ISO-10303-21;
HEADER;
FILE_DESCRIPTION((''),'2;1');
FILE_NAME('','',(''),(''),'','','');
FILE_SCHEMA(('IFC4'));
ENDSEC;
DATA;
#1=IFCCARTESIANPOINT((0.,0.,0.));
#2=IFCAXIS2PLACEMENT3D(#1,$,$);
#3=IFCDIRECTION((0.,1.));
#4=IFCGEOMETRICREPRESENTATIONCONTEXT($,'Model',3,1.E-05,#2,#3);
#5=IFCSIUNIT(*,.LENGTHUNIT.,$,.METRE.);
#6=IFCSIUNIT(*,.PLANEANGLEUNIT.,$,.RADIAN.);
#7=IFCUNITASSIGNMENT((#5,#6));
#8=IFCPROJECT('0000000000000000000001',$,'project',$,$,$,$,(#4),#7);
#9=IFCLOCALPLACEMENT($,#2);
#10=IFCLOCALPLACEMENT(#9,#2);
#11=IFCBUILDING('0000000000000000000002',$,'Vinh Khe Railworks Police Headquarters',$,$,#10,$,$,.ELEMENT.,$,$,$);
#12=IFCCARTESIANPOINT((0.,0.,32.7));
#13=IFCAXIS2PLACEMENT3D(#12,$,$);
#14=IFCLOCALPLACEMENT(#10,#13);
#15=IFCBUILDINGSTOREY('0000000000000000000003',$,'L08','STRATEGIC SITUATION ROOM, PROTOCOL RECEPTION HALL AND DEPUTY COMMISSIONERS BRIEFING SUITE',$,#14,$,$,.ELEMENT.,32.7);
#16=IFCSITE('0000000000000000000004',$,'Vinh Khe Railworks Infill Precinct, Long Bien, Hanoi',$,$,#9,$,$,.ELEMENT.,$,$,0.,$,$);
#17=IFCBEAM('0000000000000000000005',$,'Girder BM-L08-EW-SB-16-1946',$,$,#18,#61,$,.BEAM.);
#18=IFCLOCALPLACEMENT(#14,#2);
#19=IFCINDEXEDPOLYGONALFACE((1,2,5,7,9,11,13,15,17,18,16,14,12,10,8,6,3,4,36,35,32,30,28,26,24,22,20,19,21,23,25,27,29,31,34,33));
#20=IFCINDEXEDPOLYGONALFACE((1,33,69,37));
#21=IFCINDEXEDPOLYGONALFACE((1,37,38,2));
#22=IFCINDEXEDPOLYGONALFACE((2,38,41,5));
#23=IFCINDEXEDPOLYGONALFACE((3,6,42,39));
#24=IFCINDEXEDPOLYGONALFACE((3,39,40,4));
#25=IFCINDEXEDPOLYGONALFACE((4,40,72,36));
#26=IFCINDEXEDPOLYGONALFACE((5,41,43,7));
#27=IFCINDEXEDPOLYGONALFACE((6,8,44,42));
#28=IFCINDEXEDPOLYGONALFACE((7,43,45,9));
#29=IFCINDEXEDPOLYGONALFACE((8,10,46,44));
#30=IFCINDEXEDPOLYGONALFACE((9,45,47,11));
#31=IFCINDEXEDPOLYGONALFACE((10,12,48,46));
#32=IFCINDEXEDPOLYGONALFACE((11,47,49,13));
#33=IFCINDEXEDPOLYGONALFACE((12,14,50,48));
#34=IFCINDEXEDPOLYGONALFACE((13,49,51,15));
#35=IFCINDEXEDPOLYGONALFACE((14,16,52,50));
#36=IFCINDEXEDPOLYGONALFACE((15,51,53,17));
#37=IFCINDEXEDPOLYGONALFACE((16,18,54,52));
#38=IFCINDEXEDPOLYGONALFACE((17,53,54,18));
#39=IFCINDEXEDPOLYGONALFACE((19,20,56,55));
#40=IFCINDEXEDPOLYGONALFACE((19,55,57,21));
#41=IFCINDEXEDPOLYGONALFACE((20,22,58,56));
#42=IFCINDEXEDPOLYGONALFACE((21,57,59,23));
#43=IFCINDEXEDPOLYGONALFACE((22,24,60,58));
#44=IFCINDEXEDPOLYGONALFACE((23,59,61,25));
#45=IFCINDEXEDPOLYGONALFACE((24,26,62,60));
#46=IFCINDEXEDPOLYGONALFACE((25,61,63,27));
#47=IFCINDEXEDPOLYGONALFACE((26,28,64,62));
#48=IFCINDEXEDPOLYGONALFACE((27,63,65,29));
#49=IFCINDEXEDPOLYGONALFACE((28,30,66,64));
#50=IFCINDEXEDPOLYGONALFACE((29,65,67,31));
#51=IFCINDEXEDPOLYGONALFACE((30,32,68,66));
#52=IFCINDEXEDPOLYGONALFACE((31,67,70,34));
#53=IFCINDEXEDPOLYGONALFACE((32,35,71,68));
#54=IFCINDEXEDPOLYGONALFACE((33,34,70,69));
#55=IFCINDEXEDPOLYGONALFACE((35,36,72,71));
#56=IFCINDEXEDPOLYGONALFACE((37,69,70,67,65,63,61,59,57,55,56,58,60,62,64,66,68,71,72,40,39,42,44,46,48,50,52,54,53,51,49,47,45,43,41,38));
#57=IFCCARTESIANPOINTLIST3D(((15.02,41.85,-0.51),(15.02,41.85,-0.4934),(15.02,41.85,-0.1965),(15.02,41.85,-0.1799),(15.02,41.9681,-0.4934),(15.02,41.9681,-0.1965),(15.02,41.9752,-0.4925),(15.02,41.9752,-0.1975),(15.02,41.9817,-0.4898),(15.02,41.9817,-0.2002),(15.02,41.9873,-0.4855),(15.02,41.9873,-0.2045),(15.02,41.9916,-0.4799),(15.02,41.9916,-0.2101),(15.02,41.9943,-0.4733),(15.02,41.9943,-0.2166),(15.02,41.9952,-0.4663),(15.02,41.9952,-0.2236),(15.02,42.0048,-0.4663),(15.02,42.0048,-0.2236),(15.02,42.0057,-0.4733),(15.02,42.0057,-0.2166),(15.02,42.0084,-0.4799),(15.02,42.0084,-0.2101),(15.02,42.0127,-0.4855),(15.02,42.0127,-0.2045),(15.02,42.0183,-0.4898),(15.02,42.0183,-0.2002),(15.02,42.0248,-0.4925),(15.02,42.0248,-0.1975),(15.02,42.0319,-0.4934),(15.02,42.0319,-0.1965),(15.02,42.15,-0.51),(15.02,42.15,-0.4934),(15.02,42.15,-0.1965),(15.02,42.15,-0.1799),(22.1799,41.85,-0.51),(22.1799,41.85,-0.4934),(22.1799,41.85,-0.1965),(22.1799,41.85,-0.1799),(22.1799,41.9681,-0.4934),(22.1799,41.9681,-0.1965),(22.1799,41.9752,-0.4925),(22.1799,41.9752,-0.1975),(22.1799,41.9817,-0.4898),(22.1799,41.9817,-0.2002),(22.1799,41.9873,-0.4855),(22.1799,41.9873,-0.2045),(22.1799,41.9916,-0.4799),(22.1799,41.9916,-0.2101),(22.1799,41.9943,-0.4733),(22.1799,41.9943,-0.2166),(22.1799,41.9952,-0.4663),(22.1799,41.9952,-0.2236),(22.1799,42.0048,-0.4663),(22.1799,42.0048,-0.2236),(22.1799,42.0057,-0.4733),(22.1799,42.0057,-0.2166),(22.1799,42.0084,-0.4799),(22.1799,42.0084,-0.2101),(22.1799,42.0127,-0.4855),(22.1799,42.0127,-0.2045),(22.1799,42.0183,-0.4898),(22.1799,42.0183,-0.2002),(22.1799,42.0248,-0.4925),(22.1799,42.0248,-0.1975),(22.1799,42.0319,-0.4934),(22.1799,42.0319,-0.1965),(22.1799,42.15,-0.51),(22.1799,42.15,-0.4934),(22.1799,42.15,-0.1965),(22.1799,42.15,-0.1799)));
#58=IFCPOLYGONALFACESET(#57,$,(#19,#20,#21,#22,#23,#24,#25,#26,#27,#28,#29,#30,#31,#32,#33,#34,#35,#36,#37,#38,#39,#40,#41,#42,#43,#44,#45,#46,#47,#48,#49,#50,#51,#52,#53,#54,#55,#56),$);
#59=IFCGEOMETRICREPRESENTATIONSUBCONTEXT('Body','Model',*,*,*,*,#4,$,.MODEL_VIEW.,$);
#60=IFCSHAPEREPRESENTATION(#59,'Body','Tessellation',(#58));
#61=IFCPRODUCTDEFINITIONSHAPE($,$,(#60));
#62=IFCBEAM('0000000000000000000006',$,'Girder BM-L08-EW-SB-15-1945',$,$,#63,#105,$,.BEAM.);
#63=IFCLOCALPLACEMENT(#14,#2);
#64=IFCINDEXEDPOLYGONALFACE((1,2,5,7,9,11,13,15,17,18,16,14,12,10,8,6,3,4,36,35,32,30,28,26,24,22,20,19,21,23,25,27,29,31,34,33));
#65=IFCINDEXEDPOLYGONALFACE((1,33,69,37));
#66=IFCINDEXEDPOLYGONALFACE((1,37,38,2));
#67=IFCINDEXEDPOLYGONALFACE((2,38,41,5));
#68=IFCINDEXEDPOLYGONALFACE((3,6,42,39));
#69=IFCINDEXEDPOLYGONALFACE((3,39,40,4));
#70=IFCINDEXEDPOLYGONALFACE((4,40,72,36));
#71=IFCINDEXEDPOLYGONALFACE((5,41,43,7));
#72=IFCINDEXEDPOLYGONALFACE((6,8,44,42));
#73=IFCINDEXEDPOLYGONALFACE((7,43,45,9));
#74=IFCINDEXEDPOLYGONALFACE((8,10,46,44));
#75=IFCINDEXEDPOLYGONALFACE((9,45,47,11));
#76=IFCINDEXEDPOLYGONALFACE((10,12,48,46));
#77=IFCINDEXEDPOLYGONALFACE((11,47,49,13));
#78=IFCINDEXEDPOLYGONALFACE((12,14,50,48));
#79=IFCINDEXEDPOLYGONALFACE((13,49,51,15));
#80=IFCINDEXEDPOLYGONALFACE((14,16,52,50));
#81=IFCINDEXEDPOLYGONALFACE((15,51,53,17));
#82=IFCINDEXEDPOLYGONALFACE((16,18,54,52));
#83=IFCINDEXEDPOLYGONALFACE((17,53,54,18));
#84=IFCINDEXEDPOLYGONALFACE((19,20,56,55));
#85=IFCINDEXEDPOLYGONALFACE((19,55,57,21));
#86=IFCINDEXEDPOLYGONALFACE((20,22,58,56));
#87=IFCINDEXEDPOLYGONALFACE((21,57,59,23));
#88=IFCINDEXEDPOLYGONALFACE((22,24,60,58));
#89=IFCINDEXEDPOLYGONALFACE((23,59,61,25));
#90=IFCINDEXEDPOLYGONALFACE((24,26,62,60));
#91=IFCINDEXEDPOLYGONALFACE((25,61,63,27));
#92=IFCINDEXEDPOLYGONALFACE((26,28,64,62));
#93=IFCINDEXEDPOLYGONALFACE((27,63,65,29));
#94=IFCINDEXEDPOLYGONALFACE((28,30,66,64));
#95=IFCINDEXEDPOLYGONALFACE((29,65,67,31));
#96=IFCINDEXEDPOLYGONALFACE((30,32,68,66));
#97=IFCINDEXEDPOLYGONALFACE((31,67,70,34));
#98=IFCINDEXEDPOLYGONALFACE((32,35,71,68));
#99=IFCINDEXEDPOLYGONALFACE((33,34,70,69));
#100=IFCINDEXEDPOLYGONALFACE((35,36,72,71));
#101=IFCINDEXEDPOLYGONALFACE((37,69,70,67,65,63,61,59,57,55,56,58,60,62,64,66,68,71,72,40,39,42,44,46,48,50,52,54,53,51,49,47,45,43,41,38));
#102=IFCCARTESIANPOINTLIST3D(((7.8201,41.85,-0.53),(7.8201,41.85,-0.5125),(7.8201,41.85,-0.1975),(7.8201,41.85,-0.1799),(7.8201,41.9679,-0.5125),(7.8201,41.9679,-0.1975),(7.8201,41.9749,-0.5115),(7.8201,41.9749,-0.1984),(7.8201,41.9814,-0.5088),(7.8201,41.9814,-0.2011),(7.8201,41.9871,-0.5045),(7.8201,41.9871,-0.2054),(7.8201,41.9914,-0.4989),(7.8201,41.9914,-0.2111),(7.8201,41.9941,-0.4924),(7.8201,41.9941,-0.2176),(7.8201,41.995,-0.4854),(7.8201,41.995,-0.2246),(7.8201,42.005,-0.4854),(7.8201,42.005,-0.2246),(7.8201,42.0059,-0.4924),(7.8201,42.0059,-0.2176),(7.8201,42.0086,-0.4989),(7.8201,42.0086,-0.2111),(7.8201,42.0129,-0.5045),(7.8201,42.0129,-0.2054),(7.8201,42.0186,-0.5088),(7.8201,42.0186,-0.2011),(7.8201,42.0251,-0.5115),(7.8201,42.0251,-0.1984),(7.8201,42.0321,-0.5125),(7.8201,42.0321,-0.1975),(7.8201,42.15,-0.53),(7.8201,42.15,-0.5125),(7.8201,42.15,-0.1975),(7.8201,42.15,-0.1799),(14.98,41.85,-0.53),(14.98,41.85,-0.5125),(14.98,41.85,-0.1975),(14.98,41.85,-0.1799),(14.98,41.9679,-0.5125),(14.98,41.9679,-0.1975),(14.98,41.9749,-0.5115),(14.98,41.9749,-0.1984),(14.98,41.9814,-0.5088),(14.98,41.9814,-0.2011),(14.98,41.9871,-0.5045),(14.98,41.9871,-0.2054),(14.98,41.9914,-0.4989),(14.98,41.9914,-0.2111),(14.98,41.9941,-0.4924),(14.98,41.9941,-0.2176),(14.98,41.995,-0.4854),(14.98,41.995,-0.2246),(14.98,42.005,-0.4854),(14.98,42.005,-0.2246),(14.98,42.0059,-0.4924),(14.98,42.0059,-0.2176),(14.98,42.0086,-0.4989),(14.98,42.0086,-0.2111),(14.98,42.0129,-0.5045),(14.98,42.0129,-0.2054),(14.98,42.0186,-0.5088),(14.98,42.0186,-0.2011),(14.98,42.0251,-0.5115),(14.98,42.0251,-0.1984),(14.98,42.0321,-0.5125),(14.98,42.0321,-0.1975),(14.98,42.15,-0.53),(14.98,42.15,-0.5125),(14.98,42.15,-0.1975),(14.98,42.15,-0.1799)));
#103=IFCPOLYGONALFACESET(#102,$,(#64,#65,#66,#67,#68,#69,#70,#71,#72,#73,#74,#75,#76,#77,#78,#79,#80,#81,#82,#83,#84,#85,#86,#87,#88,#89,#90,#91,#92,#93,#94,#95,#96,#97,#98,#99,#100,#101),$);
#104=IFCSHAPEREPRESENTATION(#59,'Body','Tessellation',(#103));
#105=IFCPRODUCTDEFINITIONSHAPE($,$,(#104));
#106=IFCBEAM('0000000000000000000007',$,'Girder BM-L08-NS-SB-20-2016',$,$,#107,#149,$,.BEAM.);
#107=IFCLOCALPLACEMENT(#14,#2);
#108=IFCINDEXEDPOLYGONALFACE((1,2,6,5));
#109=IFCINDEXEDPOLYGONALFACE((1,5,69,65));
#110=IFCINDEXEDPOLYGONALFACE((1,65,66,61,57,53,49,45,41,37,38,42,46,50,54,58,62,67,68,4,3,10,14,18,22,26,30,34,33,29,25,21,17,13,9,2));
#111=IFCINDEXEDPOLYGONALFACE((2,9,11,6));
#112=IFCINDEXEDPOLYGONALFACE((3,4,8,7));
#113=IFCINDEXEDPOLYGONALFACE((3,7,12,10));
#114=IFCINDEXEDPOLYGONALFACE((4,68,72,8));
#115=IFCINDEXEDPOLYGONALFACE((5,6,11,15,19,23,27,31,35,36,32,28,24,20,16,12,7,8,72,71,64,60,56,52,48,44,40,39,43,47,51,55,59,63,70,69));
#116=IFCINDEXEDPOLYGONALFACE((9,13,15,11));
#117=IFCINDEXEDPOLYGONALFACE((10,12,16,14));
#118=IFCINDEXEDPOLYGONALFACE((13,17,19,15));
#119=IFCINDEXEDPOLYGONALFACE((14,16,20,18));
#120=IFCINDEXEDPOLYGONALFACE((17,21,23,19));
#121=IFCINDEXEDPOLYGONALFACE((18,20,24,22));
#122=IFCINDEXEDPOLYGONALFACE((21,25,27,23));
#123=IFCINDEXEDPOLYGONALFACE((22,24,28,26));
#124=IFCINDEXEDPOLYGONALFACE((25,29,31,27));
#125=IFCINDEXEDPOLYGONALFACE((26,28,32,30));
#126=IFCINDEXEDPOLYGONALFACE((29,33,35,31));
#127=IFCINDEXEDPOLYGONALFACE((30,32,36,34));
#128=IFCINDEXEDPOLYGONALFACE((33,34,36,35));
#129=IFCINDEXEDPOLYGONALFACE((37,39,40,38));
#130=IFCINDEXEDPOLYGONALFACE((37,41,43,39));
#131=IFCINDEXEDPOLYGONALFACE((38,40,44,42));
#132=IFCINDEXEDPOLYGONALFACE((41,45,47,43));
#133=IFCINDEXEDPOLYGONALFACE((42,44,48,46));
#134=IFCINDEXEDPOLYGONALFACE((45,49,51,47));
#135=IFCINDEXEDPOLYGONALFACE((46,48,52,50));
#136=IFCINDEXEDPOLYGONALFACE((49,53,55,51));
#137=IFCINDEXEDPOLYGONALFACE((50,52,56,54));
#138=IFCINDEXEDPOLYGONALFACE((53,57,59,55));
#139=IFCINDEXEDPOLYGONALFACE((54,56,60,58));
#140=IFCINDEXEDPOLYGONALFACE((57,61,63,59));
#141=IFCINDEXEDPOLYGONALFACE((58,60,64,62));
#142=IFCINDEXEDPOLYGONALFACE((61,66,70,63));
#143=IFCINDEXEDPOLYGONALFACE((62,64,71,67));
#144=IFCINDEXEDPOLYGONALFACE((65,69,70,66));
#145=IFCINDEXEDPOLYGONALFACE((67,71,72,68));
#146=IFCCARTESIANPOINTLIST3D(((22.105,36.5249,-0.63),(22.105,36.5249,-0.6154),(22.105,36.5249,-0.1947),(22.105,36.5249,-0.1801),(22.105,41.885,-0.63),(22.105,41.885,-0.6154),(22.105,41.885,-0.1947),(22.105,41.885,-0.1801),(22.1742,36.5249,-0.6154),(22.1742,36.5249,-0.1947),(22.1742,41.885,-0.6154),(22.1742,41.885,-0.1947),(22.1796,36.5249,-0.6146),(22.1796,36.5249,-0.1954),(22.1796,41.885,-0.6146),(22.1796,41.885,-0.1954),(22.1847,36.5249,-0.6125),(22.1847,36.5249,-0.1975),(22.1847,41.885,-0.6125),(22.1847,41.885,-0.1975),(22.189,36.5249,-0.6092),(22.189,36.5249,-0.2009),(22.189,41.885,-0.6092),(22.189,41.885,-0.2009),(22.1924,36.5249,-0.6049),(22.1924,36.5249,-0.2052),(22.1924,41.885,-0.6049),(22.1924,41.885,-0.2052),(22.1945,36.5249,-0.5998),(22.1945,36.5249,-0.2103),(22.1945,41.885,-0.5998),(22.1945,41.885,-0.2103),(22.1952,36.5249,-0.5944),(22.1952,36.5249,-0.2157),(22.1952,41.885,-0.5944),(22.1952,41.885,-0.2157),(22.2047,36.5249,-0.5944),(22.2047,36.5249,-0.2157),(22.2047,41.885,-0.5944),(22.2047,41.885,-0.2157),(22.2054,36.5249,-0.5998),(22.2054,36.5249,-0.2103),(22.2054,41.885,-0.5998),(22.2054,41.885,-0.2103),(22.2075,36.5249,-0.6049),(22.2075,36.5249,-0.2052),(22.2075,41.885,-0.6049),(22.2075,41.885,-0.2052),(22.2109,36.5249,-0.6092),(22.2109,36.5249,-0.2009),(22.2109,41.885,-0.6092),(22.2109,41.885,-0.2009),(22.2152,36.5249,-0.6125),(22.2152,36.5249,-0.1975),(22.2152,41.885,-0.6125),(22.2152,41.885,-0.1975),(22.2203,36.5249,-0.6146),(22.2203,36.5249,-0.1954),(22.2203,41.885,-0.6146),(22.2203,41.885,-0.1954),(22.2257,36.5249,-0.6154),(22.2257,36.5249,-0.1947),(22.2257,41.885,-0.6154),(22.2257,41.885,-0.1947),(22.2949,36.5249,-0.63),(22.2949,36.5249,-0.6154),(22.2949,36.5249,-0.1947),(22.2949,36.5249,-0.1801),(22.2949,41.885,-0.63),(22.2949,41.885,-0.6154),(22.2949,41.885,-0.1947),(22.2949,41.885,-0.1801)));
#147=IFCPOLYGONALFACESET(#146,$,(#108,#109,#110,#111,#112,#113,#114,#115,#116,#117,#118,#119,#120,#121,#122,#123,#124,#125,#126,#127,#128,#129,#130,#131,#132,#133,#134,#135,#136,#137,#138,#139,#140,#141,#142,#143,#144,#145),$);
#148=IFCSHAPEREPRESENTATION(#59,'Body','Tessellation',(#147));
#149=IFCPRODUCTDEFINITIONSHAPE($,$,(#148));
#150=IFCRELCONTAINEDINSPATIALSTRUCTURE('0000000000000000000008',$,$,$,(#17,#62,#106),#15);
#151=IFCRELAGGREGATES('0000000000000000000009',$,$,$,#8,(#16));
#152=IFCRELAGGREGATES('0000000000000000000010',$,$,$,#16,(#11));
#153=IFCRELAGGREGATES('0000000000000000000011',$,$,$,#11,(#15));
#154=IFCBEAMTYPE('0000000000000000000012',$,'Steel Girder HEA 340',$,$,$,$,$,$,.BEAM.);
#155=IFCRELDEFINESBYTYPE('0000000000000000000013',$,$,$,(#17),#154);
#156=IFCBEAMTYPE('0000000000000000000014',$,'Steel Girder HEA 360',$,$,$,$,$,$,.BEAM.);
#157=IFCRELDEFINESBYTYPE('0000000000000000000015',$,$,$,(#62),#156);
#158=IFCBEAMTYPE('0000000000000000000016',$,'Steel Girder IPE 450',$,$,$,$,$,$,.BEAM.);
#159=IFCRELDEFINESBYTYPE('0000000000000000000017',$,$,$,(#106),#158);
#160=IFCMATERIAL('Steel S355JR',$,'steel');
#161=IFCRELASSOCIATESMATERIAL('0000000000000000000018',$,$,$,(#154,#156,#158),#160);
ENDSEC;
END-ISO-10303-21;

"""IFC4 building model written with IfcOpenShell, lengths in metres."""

from ifc_helpers import new_model, si_unit, direction, frame, origin, origin_2d, place, context, subcontext, project, spatial, i_section, extrude, material, material_profile, profile_set, type_object, element, save


model = new_model("IFC4")

# Units and contexts
model_context = context("Model", 3, precision=1e-05, world=origin(), true_north=direction((0.0, 1.0)))
body_context = subcontext(model_context, "Body", "Model", "MODEL_VIEW")
ifc_project = project(units=[si_unit("LENGTHUNIT", "METRE"), si_unit("PLANEANGLEUNIT", "RADIAN")], contexts=[model_context])

# Site, building, storey
site_placement = place(None, origin())
site = spatial("IfcSite", under=ifc_project, at=site_placement, Name="Vinh Khe Railworks Infill Precinct, Long Bien, Hanoi", CompositionType="ELEMENT", RefElevation=0.0)
building_placement = place(site_placement, origin())
building = spatial("IfcBuilding", under=site, at=building_placement, Name="Vinh Khe Railworks Police Headquarters", CompositionType="ELEMENT")
storey_placement = place(building_placement, frame((0.0, 0.0, 32.7)))
storey = spatial("IfcBuildingStorey", under=building, at=storey_placement, Name="L08", Description="STRATEGIC SITUATION ROOM, PROTOCOL RECEPTION HALL AND DEPUTY COMMISSIONERS BRIEFING SUITE", CompositionType="ELEMENT", Elevation=32.7)

# Shared definitions
ifc_material_1 = material(Name="Steel S355JR", Category="steel")

# Beams
ifc_material_profile_1 = material_profile(ifc_material_1, i_section(OverallWidth=0.3, OverallDepth=0.3301, WebThickness=0.0095, FlangeThickness=0.0166, FilletRadius=0.0271, at=origin_2d()), Name="HEA 340")
ifc_profile_set_1 = profile_set([ifc_material_profile_1], Name="Steel S355JR")
beam_type_1 = type_object("IfcBeamType", Name="Steel Girder HEA 340", PredefinedType="BEAM", material=ifc_profile_set_1)
beam_1_placement = place(storey_placement, frame((15.02, 42.0, -0.345), z_axis=(1.0, 0.0, 0.0), x_axis=(0.0, 1.0, 0.0)))
element("IfcBeam", 1, at=beam_1_placement, inside=storey, type_object=beam_type_1, Name="Girder BM-L08-EW-SB-16-1946", PredefinedType="BEAM", context=body_context, shape_type="SweptSolid", body=[
    extrude(i_section(OverallWidth=0.3, OverallDepth=0.3301, WebThickness=0.0095, FlangeThickness=0.0166, FilletRadius=0.0271, at=origin_2d()), origin(), (0.0, 0.0, 1.0), 7.1599),
])
ifc_material_profile_2 = material_profile(ifc_material_1, i_section(OverallWidth=0.3, OverallDepth=0.3501, WebThickness=0.01, FlangeThickness=0.0176, FilletRadius=0.0271, at=origin_2d()), Name="HEA 360")
ifc_profile_set_2 = profile_set([ifc_material_profile_2], Name="Steel S355JR")
beam_type_2 = type_object("IfcBeamType", Name="Steel Girder HEA 360", PredefinedType="BEAM", material=ifc_profile_set_2)
beam_2_placement = place(storey_placement, frame((7.8201, 42.0, -0.355), z_axis=(1.0, 0.0, 0.0), x_axis=(0.0, 1.0, 0.0)))
element("IfcBeam", 2, at=beam_2_placement, inside=storey, type_object=beam_type_2, Name="Girder BM-L08-EW-SB-15-1945", PredefinedType="BEAM", context=body_context, shape_type="SweptSolid", body=[
    extrude(i_section(OverallWidth=0.3, OverallDepth=0.3501, WebThickness=0.01, FlangeThickness=0.0176, FilletRadius=0.0271, at=origin_2d()), origin(), (0.0, 0.0, 1.0), 7.1599),
])
ifc_material_profile_3 = material_profile(ifc_material_1, i_section(OverallWidth=0.1899, OverallDepth=0.45, WebThickness=0.0095, FlangeThickness=0.0146, FilletRadius=0.021, at=origin_2d()), Name="IPE 450")
ifc_profile_set_3 = profile_set([ifc_material_profile_3], Name="Steel S355JR")
beam_type_3 = type_object("IfcBeamType", Name="Steel Girder IPE 450", PredefinedType="BEAM", material=ifc_profile_set_3)
beam_3_placement = place(storey_placement, frame((22.2, 36.5249, -0.405), z_axis=(0.0, 1.0, 0.0), x_axis=(-1.0, 0.0, 0.0)))
element("IfcBeam", 3, at=beam_3_placement, inside=storey, type_object=beam_type_3, Name="Girder BM-L08-NS-SB-20-2016", PredefinedType="BEAM", context=body_context, shape_type="SweptSolid", body=[
    extrude(i_section(OverallWidth=0.1899, OverallDepth=0.45, WebThickness=0.0095, FlangeThickness=0.0146, FilletRadius=0.021, at=origin_2d()), origin(), (0.0, 0.0, 1.0), 5.3601),
])

save(model, "model.ifc")
